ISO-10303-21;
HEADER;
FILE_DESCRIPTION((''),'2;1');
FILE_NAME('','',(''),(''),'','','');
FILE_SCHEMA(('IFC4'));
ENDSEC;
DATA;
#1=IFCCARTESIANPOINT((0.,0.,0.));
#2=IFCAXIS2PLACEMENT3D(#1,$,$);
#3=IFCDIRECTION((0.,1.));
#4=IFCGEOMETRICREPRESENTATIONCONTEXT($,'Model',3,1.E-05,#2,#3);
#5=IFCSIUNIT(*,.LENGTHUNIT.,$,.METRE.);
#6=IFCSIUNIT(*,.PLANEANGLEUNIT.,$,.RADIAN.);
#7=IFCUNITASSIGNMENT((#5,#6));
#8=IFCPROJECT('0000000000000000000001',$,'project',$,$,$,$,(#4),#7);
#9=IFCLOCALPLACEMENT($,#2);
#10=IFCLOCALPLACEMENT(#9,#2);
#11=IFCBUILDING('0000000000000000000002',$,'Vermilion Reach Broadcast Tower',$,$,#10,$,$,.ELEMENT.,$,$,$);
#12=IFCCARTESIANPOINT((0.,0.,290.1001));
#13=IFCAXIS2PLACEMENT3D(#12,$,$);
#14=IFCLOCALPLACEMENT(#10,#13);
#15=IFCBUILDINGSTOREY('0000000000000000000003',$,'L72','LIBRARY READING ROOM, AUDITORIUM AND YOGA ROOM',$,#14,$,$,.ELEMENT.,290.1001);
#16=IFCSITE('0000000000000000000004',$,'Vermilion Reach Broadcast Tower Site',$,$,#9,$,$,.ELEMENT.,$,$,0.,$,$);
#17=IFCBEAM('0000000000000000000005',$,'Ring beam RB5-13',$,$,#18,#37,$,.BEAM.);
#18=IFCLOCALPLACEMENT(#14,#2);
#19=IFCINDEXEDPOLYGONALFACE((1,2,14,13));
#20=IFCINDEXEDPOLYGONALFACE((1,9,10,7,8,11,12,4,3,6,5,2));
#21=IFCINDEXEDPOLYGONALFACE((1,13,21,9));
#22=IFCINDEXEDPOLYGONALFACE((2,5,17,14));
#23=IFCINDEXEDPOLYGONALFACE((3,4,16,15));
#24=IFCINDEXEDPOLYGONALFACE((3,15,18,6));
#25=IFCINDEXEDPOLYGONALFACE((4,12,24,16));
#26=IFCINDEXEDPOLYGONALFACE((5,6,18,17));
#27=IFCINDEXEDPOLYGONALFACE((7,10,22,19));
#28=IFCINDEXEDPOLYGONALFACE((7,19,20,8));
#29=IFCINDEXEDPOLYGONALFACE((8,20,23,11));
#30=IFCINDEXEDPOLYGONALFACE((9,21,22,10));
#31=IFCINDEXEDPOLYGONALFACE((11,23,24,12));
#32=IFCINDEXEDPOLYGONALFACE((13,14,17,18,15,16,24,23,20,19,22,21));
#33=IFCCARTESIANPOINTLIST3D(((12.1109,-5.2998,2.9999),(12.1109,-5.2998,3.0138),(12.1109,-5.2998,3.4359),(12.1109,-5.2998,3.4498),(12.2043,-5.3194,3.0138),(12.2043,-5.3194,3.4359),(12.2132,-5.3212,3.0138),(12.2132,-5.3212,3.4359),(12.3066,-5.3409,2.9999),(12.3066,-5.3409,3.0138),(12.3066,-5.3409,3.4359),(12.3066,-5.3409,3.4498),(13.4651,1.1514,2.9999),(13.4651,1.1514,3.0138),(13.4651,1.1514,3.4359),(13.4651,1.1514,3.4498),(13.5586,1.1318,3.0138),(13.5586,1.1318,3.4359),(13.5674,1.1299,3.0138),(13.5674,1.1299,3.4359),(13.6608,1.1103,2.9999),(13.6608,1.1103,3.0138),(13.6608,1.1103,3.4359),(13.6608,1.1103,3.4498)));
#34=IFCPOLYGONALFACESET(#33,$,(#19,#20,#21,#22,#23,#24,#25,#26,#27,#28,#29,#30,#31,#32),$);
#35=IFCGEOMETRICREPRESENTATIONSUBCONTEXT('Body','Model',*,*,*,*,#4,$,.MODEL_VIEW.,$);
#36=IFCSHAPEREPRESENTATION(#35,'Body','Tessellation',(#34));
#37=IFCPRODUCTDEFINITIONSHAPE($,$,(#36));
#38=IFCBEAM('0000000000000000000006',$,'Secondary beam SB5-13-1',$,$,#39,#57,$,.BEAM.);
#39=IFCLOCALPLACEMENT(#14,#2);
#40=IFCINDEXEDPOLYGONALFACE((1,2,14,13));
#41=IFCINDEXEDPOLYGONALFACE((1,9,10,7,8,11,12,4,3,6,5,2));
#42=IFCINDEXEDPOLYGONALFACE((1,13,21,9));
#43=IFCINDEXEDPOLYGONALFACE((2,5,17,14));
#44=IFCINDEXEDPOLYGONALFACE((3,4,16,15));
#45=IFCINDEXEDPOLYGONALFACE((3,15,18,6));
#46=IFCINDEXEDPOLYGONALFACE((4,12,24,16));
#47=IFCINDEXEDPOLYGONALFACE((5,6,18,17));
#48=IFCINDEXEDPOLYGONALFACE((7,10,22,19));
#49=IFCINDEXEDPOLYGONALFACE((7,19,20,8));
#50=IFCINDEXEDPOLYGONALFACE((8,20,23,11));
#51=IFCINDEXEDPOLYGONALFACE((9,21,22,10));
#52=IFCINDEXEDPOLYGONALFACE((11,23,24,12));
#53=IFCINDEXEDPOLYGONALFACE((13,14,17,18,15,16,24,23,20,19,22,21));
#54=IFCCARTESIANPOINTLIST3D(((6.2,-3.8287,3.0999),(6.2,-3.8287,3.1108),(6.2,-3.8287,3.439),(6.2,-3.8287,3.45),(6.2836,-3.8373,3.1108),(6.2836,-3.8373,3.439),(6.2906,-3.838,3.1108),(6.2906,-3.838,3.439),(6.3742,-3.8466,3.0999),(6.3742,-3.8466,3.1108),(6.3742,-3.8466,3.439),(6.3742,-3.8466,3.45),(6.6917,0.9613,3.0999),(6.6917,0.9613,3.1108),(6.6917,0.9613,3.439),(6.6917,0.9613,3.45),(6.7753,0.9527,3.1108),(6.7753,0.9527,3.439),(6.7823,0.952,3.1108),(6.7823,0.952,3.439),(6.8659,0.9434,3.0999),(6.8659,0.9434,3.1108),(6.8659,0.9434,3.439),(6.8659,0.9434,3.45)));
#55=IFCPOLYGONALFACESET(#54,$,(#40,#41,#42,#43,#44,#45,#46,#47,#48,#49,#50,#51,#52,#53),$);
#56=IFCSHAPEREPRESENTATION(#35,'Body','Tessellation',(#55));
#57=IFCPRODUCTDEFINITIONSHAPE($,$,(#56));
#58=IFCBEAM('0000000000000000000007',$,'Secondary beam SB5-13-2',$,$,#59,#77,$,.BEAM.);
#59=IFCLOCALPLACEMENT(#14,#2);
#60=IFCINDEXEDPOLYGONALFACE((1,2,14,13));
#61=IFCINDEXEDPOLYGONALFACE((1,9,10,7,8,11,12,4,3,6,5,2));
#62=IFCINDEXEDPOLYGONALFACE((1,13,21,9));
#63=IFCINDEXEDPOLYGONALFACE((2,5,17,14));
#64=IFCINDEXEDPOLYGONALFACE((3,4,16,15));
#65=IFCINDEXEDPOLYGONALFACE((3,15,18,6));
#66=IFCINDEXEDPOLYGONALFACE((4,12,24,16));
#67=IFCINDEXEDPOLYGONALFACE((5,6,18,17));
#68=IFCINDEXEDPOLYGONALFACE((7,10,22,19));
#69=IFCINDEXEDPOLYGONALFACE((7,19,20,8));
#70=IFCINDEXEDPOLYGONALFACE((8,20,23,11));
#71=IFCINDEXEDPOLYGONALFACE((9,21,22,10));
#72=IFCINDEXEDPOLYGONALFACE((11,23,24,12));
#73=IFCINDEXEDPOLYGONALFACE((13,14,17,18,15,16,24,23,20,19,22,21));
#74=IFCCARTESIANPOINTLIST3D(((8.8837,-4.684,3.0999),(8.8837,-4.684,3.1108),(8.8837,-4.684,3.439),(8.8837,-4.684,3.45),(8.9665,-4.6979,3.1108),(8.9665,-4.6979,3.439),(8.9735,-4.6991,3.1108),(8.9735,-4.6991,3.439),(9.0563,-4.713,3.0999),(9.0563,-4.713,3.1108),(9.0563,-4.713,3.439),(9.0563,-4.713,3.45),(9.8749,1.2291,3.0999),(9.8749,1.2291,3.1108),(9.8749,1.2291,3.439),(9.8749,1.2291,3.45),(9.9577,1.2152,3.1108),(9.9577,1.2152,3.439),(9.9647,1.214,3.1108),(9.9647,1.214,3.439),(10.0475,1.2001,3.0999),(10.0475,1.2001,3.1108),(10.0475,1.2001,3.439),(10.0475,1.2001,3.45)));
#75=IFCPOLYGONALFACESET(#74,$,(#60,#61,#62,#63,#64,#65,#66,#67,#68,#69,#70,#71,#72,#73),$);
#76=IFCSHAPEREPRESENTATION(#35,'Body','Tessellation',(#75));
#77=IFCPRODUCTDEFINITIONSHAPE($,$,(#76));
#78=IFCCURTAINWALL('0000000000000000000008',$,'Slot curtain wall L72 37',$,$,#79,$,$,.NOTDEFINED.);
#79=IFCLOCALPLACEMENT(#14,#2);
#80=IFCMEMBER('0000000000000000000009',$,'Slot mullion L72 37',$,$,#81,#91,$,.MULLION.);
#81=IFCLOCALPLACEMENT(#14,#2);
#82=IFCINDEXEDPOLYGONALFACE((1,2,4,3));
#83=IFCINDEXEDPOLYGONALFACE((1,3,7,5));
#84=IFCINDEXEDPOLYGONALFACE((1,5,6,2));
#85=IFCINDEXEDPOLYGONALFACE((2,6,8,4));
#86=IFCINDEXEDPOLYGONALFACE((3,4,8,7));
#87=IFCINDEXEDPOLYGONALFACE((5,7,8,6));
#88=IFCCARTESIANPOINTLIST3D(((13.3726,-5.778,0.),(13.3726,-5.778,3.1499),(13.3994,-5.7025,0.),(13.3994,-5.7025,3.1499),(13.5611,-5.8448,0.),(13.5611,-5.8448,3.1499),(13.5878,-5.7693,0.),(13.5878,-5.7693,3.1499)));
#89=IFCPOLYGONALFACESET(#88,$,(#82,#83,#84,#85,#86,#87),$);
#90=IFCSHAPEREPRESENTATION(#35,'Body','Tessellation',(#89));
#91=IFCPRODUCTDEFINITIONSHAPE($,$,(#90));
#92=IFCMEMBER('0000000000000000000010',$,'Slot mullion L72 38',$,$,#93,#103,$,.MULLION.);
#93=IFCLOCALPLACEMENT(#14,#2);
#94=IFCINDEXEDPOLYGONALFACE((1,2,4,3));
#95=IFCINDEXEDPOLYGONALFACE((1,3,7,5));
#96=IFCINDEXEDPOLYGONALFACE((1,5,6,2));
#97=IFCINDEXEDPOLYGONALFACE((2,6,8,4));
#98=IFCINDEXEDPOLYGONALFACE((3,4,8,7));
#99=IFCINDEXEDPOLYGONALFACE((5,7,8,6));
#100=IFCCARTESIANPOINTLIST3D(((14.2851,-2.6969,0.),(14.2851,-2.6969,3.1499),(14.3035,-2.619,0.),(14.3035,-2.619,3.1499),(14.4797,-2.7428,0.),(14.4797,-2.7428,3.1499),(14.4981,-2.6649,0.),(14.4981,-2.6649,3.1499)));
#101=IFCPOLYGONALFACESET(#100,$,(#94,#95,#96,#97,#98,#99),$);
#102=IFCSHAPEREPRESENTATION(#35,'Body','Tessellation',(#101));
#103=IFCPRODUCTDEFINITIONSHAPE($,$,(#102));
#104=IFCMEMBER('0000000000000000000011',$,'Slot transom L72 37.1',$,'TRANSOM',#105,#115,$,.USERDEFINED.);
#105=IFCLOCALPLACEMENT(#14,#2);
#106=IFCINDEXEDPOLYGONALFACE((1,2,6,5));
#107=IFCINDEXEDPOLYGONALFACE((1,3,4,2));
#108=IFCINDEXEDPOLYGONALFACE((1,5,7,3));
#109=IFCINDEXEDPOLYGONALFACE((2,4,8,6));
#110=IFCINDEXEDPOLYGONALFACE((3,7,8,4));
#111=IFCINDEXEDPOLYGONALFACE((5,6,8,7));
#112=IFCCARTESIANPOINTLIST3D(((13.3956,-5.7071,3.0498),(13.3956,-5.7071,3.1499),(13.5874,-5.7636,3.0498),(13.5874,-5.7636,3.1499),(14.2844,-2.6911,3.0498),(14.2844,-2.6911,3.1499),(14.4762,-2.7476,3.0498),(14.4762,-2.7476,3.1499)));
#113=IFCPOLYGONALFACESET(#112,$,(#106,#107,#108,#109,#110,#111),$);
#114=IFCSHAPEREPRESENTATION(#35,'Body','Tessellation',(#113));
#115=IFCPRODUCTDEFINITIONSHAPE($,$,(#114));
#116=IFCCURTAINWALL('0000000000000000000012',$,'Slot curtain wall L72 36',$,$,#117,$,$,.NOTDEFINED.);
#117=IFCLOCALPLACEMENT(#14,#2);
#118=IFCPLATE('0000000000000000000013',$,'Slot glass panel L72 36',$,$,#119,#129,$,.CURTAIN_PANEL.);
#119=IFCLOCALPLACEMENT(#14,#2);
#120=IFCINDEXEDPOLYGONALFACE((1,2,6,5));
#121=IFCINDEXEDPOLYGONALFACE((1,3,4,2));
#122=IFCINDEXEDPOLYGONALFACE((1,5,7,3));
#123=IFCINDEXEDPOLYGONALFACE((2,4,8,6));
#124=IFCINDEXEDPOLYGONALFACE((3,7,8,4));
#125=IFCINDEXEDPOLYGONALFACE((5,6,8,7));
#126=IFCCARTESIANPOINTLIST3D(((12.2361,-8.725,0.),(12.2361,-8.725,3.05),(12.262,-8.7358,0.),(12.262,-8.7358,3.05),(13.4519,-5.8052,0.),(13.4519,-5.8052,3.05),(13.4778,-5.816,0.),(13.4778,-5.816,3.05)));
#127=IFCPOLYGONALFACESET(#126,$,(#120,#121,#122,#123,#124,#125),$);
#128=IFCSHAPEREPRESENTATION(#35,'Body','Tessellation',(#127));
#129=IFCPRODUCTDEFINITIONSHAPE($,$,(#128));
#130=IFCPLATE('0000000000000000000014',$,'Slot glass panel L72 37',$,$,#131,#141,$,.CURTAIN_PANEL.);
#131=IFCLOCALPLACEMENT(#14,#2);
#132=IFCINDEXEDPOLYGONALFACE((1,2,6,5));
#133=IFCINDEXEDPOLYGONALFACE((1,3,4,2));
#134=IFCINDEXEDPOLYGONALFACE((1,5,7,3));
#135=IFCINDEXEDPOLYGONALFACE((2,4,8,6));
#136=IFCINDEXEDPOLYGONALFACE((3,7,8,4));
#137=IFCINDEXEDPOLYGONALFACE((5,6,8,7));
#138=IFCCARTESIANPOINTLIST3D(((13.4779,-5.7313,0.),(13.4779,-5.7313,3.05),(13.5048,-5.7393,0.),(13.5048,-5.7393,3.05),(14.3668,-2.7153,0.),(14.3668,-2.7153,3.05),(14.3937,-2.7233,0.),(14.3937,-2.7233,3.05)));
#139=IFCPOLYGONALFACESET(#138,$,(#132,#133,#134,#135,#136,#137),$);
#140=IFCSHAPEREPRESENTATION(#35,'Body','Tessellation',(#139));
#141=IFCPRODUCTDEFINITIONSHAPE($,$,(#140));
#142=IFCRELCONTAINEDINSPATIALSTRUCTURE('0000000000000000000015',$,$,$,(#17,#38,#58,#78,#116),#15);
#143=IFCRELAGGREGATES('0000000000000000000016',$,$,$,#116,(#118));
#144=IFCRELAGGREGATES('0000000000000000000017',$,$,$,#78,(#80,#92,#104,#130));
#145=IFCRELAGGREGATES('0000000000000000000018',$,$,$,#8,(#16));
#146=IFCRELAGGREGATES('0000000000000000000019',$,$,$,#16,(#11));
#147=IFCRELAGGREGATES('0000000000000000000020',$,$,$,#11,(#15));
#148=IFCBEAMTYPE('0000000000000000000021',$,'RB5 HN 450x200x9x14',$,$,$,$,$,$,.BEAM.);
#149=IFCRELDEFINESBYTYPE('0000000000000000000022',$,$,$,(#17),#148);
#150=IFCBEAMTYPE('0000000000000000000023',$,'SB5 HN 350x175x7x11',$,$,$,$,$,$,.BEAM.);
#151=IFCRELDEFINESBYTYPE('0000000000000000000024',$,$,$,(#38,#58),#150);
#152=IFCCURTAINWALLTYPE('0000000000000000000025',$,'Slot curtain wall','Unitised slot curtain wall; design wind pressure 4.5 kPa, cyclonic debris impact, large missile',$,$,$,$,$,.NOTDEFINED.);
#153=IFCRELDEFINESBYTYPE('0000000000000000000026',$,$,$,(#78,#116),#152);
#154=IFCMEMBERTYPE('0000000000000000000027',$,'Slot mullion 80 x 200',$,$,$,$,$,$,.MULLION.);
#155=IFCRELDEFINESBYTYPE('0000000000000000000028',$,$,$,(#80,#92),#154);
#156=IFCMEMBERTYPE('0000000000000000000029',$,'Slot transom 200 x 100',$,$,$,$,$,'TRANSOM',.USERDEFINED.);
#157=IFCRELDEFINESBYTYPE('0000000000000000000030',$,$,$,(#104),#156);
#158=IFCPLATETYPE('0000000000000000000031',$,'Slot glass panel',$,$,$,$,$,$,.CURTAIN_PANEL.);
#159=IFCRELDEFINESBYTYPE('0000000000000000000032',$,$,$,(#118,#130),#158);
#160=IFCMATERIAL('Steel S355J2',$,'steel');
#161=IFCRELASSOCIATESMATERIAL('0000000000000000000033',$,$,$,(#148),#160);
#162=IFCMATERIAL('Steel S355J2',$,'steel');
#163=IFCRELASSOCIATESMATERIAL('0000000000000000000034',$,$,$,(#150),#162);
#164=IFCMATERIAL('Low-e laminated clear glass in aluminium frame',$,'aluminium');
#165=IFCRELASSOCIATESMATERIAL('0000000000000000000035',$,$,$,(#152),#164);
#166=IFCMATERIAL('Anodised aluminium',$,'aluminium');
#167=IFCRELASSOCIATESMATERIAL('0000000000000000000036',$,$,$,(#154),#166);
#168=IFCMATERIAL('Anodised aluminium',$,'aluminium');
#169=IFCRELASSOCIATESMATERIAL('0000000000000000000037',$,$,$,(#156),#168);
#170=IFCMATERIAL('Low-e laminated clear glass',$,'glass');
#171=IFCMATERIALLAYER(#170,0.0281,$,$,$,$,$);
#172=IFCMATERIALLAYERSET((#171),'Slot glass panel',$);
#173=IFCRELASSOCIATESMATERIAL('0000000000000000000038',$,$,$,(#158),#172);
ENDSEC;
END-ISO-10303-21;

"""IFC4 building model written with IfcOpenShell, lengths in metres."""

from ifc_helpers import new_model, si_unit, direction, frame, origin, origin_2d, place, context, subcontext, project, spatial, rectangle, i_section, extrude, material, layer, layer_set, material_profile, profile_set, type_object, element, aggregate, save


model = new_model("IFC4")

# Units and contexts
model_context = context("Model", 3, precision=1e-05, world=origin(), true_north=direction((0.0, 1.0)))
body_context = subcontext(model_context, "Body", "Model", "MODEL_VIEW")
ifc_project = project(units=[si_unit("LENGTHUNIT", "METRE"), si_unit("PLANEANGLEUNIT", "RADIAN")], contexts=[model_context])

# Site, building, storey
site_placement = place(None, origin())
site = spatial("IfcSite", under=ifc_project, at=site_placement, Name="Vermilion Reach Broadcast Tower Site", CompositionType="ELEMENT", RefElevation=0.0)
building_placement = place(site_placement, origin())
building = spatial("IfcBuilding", under=site, at=building_placement, Name="Vermilion Reach Broadcast Tower", CompositionType="ELEMENT")
storey_placement = place(building_placement, frame((0.0, 0.0, 290.1001)))
storey = spatial("IfcBuildingStorey", under=building, at=storey_placement, Name="L72", Description="LIBRARY READING ROOM, AUDITORIUM AND YOGA ROOM", CompositionType="ELEMENT", Elevation=290.1001)

# Beams
ifc_material_1 = material(Name="Steel S355J2", Category="steel")
ifc_material_profile_1 = material_profile(ifc_material_1, i_section(OverallWidth=0.2, OverallDepth=0.45, WebThickness=0.009, FlangeThickness=0.0139, at=origin_2d()), Name="S355J2 HN 450x200x9x14")
ifc_profile_set_1 = profile_set([ifc_material_profile_1], Name="Steel S355J2")
beam_type_1 = type_object("IfcBeamType", Name="RB5 HN 450x200x9x14", PredefinedType="BEAM", material=ifc_profile_set_1)
beam_1_placement = place(storey_placement, frame((12.2087, -5.3203, 3.2249), z_axis=(0.205445, 0.978669, 0.0), x_axis=(-0.978669, 0.205445, 0.0)))
element("IfcBeam", 1, at=beam_1_placement, inside=storey, type_object=beam_type_1, Name="Ring beam RB5-13", PredefinedType="BEAM", context=body_context, shape_type="SweptSolid", body=[
    extrude(i_section(OverallWidth=0.2, OverallDepth=0.45, WebThickness=0.009, FlangeThickness=0.0139, at=origin_2d()), origin(), (0.0, 0.0, 1.0), 6.5918),
])
ifc_material_2 = material(Name="Steel S355J2", Category="steel")
ifc_material_profile_2 = material_profile(ifc_material_2, i_section(OverallWidth=0.175, OverallDepth=0.3501, WebThickness=0.0071, FlangeThickness=0.011, at=origin_2d()), Name="S355J2 HN 350x175x7x11")
ifc_profile_set_2 = profile_set([ifc_material_profile_2], Name="Steel S355J2")
beam_type_2 = type_object("IfcBeamType", Name="SB5 HN 350x175x7x11", PredefinedType="BEAM", material=ifc_profile_set_2)
beam_2_placement = place(storey_placement, frame((6.2871, -3.8376, 3.2749), z_axis=(0.102114, 0.994773, 0.0), x_axis=(-0.994773, 0.102114, 0.0)))
element("IfcBeam", 2, at=beam_2_placement, inside=storey, type_object=beam_type_2, Name="Secondary beam SB5-13-1", PredefinedType="BEAM", context=body_context, shape_type="SweptSolid", body=[
    extrude(i_section(OverallWidth=0.175, OverallDepth=0.3501, WebThickness=0.0071, FlangeThickness=0.011, at=origin_2d()), origin(), (0.0, 0.0, 1.0), 4.8152),
])
beam_3_placement = place(storey_placement, frame((8.97, -4.6985, 3.2749), z_axis=(0.165323, 0.986239, 0.0), x_axis=(-0.986239, 0.165323, 0.0)))
element("IfcBeam", 3, at=beam_3_placement, inside=storey, type_object=beam_type_2, Name="Secondary beam SB5-13-2", PredefinedType="BEAM", context=body_context, shape_type="SweptSolid", body=[
    extrude(i_section(OverallWidth=0.175, OverallDepth=0.3501, WebThickness=0.0071, FlangeThickness=0.011, at=origin_2d()), origin(), (0.0, 0.0, 1.0), 5.9956),
])

# Curtain wall, members
ifc_material_3 = material(Name="Low-e laminated clear glass in aluminium frame", Category="aluminium")
curtain_wall_type = type_object("IfcCurtainWallType", Name="Slot curtain wall", Description="Unitised slot curtain wall; design wind pressure 4.5 kPa, cyclonic debris impact, large missile", PredefinedType="NOTDEFINED", material=ifc_material_3)
placement = place(storey_placement, origin())
curtain_wall_1 = element("IfcCurtainWall", 4, at=placement, inside=storey, type_object=curtain_wall_type, Name="Slot curtain wall L72 37", PredefinedType="NOTDEFINED")
ifc_material_4 = material(Name="Anodised aluminium", Category="aluminium")
ifc_material_profile_3 = material_profile(ifc_material_4, rectangle(XDim=0.2, YDim=0.0801, at=origin_2d()), Name="Slot mullion 80 x 200")
ifc_profile_set_3 = profile_set([ifc_material_profile_3], Name="Anodised aluminium")
member_type_1 = type_object("IfcMemberType", Name="Slot mullion 80 x 200", PredefinedType="MULLION", material=ifc_profile_set_3)
member_1_placement = place(storey_placement, frame((13.4802, -5.7737, 0.0), z_axis=(0.0, 0.0, 1.0), x_axis=(-0.942559, 0.334039, 0.0)))
member_1 = element("IfcMember", 5, at=member_1_placement, type_object=member_type_1, Name="Slot mullion L72 37", PredefinedType="MULLION", context=body_context, shape_type="SweptSolid", body=[
    extrude(rectangle(XDim=0.2, YDim=0.0801, at=origin_2d()), origin(), (0.0, 0.0, 1.0), 3.1499),
])
member_2_placement = place(storey_placement, frame((14.3916, -2.6809, 0.0), z_axis=(0.0, 0.0, 1.0), x_axis=(-0.973263, 0.229694, 0.0)))
member_2 = element("IfcMember", 6, at=member_2_placement, type_object=member_type_1, Name="Slot mullion L72 38", PredefinedType="MULLION", context=body_context, shape_type="SweptSolid", body=[
    extrude(rectangle(XDim=0.2, YDim=0.0801, at=origin_2d()), origin(), (0.0, 0.0, 1.0), 3.1499),
])
ifc_material_5 = material(Name="Anodised aluminium", Category="aluminium")
ifc_material_profile_4 = material_profile(ifc_material_5, rectangle(XDim=0.2, YDim=0.1001, at=origin_2d()), Name="Slot transom 200 x 100")
ifc_profile_set_4 = profile_set([ifc_material_profile_4], Name="Anodised aluminium")
member_type_2 = type_object("IfcMemberType", Name="Slot transom 200 x 100", ElementType="TRANSOM", PredefinedType="USERDEFINED", material=ifc_profile_set_4)
member_3_placement = place(storey_placement, frame((13.4915, -5.7354, 3.0999), z_axis=(0.2827, 0.959208, 0.0), x_axis=(-0.959208, 0.2827, 0.0)))
member_3 = element("IfcMember", 7, at=member_3_placement, type_object=member_type_2, Name="Slot transom L72 37.1", ObjectType="TRANSOM", PredefinedType="USERDEFINED", context=body_context, shape_type="SweptSolid", body=[
    extrude(rectangle(XDim=0.2, YDim=0.1001, at=origin_2d()), origin(), (0.0, 0.0, 1.0), 3.1443),
])

# Curtain wall, plate
curtain_wall_2 = element("IfcCurtainWall", 8, at=placement, inside=storey, type_object=curtain_wall_type, Name="Slot curtain wall L72 36", PredefinedType="NOTDEFINED")
ifc_material_6 = material(Name="Low-e laminated clear glass", Category="glass")
ifc_layer_1 = layer(ifc_material_6, 0.0281)
ifc_layer_set_1 = layer_set([ifc_layer_1], Name="Slot glass panel")
plate_type = type_object("IfcPlateType", Name="Slot glass panel", PredefinedType="CURTAIN_PANEL", material=ifc_layer_set_1)
plate_1_placement = place(storey_placement, frame((12.8569, -7.2705, 0.0), z_axis=(0.0, 0.0, 1.0), x_axis=(0.384387, 0.923172, 0.0)))
plate_1 = element("IfcPlate", 9, at=plate_1_placement, type_object=plate_type, Name="Slot glass panel L72 36", PredefinedType="CURTAIN_PANEL", context=body_context, shape_type="SweptSolid", body=[
    extrude(rectangle(XDim=3.1628, YDim=0.0281, at=origin_2d()), origin(), (0.0, 0.0, 1.0), 3.05),
])
aggregate(curtain_wall_2, [plate_1])

# Plate
plate_2_placement = place(storey_placement, frame((13.9358, -4.2273, 0.0), z_axis=(0.0, 0.0, 1.0), x_axis=(0.282718, 0.959203, 0.0)))
plate_2 = element("IfcPlate", 10, at=plate_2_placement, type_object=plate_type, Name="Slot glass panel L72 37", PredefinedType="CURTAIN_PANEL", context=body_context, shape_type="SweptSolid", body=[
    extrude(rectangle(XDim=3.1443, YDim=0.0281, at=origin_2d()), origin(), (0.0, 0.0, 1.0), 3.05),
])
aggregate(curtain_wall_1, [member_1, member_2, member_3, plate_2])

save(model, "model.ifc")
